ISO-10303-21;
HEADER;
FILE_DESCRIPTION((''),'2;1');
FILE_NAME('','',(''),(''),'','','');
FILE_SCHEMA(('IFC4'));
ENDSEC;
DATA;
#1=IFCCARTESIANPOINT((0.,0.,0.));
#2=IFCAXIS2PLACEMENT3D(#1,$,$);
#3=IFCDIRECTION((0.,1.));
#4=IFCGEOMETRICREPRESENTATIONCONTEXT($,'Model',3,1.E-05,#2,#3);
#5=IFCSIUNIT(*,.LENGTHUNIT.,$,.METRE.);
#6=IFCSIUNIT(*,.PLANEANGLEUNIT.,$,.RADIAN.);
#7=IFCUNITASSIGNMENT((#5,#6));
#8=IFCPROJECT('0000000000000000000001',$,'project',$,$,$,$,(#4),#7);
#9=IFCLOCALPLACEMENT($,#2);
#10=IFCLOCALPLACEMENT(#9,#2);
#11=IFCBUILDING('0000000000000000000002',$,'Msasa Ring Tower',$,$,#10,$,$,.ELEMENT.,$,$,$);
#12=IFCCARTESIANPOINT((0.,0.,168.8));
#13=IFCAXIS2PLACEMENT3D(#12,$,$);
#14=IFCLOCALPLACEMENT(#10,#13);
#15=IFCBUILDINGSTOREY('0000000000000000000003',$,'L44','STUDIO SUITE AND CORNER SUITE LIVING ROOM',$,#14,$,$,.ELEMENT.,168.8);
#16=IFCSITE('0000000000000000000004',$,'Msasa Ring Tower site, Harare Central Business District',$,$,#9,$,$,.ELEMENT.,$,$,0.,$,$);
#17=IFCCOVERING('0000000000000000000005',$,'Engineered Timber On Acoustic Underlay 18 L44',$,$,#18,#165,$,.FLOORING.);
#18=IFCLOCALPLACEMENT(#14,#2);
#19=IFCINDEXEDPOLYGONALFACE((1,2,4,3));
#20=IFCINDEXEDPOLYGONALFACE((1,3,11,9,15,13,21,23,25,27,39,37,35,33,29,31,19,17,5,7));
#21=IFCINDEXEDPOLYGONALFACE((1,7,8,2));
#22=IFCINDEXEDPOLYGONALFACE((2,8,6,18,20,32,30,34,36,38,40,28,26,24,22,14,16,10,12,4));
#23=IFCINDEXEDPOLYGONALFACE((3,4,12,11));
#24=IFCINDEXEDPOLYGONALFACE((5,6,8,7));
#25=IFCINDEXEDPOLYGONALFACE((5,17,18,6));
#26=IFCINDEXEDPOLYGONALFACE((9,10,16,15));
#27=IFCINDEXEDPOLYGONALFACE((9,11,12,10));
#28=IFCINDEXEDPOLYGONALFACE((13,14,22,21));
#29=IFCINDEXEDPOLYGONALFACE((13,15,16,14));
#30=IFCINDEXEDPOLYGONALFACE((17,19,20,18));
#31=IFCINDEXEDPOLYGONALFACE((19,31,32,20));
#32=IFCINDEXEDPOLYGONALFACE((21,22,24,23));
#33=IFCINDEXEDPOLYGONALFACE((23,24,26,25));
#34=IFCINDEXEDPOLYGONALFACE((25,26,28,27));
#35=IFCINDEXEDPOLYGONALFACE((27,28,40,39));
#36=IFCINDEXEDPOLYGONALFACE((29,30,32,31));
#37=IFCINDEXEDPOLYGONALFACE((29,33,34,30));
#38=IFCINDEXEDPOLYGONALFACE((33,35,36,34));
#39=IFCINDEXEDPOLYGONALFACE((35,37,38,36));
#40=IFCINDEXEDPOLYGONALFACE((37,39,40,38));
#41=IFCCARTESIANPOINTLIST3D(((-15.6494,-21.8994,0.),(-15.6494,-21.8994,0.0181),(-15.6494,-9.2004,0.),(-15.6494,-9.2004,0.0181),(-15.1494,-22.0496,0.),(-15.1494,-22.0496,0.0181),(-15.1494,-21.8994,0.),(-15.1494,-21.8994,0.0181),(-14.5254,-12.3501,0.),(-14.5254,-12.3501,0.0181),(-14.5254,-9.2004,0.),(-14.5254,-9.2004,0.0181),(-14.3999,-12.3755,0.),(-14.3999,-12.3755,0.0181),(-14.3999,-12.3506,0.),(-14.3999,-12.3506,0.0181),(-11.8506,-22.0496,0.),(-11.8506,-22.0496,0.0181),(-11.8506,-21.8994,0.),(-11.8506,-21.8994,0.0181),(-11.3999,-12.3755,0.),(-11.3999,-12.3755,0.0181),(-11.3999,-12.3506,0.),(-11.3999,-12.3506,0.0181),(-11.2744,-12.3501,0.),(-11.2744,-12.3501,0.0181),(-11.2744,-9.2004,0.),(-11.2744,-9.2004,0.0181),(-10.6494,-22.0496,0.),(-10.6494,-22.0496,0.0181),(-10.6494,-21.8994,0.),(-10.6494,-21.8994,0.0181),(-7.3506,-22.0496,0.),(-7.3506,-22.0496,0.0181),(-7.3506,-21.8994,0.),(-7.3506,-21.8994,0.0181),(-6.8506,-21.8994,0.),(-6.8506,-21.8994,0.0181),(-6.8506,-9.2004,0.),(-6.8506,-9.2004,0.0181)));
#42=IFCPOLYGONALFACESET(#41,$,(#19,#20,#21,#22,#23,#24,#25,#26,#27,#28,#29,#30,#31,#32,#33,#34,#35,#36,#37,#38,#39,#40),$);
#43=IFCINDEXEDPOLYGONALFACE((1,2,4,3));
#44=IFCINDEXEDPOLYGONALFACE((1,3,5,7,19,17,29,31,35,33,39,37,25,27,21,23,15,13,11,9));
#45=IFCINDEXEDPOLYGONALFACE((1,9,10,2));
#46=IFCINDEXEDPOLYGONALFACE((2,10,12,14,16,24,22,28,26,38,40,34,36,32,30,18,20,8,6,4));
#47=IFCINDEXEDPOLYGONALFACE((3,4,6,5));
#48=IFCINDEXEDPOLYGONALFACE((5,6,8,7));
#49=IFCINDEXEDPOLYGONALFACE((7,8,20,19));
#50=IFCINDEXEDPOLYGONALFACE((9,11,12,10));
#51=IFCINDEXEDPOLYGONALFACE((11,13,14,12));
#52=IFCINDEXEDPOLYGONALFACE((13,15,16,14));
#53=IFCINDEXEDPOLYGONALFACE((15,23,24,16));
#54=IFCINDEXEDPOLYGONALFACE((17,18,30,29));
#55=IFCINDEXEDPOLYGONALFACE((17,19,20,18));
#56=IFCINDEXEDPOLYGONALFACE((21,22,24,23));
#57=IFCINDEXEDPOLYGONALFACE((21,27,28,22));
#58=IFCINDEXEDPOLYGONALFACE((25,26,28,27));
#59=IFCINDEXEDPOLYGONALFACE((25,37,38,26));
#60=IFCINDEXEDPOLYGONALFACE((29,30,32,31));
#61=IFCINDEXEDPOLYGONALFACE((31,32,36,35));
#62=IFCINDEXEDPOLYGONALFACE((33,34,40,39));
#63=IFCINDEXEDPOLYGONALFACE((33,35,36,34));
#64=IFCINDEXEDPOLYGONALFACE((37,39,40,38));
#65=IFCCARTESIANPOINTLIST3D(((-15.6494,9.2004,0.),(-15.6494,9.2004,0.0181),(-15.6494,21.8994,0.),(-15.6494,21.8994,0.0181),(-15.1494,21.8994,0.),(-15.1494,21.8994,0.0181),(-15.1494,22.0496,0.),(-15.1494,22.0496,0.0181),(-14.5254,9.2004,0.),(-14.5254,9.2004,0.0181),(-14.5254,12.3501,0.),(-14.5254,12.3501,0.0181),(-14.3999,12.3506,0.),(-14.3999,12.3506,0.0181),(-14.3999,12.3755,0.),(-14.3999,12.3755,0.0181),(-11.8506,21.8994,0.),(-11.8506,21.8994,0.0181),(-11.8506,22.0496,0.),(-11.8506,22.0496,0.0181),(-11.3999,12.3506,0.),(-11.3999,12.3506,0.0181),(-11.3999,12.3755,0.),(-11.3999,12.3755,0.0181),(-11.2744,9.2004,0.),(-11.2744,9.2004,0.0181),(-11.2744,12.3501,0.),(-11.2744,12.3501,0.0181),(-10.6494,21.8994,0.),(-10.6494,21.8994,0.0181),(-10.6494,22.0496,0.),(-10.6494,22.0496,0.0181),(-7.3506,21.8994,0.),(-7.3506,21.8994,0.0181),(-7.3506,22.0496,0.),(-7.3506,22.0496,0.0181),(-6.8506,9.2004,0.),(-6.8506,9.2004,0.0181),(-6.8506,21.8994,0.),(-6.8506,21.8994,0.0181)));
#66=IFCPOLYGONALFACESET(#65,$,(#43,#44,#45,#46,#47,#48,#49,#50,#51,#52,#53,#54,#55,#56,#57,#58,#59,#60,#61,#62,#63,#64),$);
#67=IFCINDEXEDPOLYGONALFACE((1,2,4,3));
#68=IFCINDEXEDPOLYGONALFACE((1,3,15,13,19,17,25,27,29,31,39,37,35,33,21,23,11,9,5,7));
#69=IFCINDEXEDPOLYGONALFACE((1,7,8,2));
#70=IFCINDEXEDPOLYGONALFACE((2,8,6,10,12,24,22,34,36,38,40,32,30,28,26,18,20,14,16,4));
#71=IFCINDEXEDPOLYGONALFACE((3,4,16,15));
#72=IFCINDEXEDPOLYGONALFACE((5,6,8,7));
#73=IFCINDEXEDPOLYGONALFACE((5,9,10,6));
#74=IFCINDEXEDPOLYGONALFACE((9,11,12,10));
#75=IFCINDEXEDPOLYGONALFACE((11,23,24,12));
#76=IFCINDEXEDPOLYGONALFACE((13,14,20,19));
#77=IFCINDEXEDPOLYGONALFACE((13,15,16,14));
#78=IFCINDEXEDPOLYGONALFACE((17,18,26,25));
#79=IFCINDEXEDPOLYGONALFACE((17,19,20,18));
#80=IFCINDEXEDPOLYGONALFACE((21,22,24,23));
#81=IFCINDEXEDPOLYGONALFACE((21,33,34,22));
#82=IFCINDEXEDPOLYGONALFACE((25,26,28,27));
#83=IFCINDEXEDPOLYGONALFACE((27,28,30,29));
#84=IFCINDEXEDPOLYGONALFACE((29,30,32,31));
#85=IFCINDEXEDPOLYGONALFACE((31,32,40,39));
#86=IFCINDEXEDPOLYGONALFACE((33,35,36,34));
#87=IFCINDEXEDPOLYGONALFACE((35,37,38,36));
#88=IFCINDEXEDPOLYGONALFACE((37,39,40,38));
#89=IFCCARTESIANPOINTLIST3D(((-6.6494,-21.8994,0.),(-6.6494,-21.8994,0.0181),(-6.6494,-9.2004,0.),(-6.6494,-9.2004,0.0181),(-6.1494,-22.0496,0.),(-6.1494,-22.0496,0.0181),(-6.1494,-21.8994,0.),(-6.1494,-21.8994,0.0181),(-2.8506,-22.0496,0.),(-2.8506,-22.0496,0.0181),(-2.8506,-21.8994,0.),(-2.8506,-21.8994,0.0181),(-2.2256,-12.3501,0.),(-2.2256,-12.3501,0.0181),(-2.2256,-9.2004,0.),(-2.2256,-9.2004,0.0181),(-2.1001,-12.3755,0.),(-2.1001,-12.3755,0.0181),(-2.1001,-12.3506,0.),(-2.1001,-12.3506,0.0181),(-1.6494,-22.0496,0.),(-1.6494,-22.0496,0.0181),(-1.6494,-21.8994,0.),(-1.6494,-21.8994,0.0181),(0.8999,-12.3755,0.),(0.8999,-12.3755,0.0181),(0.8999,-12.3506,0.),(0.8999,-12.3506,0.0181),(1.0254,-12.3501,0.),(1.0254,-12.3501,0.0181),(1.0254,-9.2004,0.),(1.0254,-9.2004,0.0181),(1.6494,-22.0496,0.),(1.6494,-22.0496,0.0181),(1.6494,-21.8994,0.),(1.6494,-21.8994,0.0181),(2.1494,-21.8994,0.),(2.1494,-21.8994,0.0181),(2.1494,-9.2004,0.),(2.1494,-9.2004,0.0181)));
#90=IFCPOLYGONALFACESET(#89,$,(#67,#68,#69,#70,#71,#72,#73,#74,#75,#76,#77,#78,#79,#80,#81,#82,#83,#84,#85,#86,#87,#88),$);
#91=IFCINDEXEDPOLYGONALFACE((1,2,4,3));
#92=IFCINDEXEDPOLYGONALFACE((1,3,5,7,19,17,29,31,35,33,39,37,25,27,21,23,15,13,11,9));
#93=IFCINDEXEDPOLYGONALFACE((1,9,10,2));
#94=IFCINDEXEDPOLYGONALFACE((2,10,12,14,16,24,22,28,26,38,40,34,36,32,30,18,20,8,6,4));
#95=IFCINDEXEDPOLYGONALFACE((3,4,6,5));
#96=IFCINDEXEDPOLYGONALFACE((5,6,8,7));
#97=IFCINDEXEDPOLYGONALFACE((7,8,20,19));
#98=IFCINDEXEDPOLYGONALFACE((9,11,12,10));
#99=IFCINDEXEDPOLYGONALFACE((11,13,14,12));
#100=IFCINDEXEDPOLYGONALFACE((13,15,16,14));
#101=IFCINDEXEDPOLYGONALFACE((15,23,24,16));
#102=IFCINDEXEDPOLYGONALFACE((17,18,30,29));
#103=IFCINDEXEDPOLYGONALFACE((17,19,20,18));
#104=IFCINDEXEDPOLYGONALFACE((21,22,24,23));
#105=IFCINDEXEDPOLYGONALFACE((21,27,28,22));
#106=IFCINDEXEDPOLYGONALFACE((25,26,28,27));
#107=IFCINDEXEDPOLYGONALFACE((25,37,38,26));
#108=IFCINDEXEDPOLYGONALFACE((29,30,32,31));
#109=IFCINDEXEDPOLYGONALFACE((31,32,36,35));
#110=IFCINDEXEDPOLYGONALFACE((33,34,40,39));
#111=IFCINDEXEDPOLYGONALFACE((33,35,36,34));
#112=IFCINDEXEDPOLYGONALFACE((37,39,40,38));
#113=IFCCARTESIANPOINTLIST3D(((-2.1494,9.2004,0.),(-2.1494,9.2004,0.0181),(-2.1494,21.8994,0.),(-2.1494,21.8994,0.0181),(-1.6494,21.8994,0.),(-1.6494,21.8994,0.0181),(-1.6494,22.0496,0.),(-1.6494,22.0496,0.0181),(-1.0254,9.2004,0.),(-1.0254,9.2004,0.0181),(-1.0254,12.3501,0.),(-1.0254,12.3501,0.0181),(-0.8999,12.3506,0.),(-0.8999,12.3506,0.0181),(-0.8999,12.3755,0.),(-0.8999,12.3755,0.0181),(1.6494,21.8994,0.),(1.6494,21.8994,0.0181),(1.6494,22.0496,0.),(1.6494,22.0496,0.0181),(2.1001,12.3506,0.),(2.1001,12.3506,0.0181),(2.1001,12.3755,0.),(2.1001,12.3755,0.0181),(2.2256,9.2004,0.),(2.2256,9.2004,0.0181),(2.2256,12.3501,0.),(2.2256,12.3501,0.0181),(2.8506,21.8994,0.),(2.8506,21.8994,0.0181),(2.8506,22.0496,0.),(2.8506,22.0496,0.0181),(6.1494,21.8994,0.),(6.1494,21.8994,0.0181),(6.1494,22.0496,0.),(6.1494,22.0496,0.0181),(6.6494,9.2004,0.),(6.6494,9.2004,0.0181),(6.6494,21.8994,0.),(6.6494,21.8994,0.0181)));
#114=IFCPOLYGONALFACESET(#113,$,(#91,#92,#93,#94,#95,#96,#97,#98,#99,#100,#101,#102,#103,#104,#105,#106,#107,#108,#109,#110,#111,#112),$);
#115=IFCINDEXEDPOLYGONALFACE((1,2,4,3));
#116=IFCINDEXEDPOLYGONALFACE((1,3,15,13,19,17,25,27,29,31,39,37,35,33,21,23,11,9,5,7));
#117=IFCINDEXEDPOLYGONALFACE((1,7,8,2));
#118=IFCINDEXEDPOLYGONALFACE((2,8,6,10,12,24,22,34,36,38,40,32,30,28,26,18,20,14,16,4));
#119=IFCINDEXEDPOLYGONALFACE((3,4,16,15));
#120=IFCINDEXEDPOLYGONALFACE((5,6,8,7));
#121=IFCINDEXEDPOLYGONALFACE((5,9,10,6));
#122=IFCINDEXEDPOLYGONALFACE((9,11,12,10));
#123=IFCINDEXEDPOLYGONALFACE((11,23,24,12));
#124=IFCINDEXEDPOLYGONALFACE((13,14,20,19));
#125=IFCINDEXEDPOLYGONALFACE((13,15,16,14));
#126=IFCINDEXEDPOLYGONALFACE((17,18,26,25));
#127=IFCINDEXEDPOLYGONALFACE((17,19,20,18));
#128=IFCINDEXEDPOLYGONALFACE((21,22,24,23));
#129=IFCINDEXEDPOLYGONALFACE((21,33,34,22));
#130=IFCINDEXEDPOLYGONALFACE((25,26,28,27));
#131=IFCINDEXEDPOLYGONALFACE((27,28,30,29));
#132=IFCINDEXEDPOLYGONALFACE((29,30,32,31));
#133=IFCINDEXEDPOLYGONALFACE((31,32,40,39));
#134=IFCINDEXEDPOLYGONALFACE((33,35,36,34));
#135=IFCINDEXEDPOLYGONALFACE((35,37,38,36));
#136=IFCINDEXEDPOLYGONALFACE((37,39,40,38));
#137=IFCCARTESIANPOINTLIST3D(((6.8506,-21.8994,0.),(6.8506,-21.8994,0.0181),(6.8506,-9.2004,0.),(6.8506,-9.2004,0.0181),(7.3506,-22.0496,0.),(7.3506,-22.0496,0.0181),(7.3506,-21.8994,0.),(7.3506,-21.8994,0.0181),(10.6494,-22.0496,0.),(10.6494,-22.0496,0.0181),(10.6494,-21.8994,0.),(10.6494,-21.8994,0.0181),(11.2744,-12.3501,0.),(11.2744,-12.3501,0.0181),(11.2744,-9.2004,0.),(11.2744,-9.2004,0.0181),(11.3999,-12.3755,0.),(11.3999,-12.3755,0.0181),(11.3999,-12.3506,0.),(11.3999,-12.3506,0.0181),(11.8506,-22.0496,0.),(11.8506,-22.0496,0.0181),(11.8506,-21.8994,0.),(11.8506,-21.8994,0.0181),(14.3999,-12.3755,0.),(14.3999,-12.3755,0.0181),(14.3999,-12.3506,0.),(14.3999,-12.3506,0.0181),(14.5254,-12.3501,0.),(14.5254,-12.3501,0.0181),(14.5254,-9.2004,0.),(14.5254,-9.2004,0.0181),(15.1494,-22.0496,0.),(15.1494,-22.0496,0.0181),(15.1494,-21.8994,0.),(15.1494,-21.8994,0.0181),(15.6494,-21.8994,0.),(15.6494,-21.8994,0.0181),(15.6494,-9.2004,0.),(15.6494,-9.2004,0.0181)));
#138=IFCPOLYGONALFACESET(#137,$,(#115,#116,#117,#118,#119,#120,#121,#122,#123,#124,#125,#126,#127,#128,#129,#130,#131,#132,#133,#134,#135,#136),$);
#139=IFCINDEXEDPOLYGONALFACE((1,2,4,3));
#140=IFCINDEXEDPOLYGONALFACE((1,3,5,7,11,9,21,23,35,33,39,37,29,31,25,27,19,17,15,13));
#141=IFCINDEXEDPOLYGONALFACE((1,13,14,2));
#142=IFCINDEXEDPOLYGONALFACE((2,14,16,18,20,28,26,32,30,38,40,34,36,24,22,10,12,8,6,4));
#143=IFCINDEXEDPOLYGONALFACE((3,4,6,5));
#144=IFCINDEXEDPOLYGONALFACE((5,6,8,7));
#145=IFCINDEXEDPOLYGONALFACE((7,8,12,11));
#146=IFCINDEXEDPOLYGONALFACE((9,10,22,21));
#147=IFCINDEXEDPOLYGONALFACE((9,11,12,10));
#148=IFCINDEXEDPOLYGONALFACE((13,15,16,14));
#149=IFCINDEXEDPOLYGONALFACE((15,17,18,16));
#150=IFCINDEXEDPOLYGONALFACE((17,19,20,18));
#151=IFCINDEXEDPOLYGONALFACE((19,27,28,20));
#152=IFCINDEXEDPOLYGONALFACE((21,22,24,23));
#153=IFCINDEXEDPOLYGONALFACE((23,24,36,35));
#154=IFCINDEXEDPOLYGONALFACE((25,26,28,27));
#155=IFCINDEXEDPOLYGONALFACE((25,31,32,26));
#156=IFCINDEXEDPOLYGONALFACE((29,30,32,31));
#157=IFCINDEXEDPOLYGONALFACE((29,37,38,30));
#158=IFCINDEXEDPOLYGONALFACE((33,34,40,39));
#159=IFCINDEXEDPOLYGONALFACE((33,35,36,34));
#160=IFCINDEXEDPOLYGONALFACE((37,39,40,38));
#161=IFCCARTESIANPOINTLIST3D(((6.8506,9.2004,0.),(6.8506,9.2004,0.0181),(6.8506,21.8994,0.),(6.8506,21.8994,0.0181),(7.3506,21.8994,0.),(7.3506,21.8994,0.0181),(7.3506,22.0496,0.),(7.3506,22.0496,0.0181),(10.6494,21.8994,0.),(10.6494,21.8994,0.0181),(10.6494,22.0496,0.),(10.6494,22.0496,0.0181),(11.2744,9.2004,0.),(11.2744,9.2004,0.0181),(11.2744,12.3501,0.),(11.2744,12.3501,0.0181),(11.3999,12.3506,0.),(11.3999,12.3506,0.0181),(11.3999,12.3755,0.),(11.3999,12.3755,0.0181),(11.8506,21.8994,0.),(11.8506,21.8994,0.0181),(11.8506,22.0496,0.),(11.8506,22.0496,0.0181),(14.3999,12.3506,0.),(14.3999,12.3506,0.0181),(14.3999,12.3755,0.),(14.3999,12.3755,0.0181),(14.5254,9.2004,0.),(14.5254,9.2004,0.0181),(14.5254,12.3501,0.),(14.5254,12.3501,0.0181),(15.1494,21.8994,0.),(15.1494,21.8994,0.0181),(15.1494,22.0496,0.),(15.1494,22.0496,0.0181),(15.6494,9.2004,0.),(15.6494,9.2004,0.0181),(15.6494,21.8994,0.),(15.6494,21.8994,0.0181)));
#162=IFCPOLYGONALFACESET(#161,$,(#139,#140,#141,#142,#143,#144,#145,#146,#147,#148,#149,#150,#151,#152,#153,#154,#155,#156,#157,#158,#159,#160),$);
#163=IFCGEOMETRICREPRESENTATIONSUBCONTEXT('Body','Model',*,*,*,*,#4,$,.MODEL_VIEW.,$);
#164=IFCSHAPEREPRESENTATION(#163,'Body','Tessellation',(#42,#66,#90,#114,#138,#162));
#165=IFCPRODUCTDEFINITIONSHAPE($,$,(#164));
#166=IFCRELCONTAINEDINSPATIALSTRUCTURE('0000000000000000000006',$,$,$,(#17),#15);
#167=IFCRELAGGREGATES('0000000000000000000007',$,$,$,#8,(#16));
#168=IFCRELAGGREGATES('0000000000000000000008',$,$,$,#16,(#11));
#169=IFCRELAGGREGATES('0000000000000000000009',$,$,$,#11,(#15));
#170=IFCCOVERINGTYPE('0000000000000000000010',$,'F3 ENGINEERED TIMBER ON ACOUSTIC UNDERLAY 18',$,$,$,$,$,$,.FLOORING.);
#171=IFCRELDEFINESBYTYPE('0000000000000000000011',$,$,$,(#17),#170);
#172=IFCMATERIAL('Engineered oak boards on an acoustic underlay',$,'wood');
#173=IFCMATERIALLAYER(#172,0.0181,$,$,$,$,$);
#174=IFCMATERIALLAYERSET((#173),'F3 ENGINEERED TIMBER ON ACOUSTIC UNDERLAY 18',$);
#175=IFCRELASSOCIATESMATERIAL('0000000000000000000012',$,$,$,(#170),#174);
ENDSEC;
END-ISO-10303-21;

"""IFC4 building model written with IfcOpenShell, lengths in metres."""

from ifc_helpers import new_model, si_unit, direction, frame, origin, place, context, subcontext, project, spatial, line, indexed_curve, outline, extrude, material, layer, layer_set, type_object, element, save


model = new_model("IFC4")

# Units and contexts
model_context = context("Model", 3, precision=1e-05, world=origin(), true_north=direction((0.0, 1.0)))
body_context = subcontext(model_context, "Body", "Model", "MODEL_VIEW")
ifc_project = project(units=[si_unit("LENGTHUNIT", "METRE"), si_unit("PLANEANGLEUNIT", "RADIAN")], contexts=[model_context])

# Site, building, storey
site_placement = place(None, origin())
site = spatial("IfcSite", under=ifc_project, at=site_placement, Name="Msasa Ring Tower site, Harare Central Business District", CompositionType="ELEMENT", RefElevation=0.0)
building_placement = place(site_placement, origin())
building = spatial("IfcBuilding", under=site, at=building_placement, Name="Msasa Ring Tower", CompositionType="ELEMENT")
storey_placement = place(building_placement, frame((0.0, 0.0, 168.8)))
storey = spatial("IfcBuildingStorey", under=building, at=storey_placement, Name="L44", Description="STUDIO SUITE AND CORNER SUITE LIVING ROOM", CompositionType="ELEMENT", Elevation=168.8)

# Covering
ifc_material_1 = material(Name="Engineered oak boards on an acoustic underlay", Category="wood")
ifc_layer_1 = layer(ifc_material_1, 0.0181)
ifc_layer_set_1 = layer_set([ifc_layer_1], Name="F3 ENGINEERED TIMBER ON ACOUSTIC UNDERLAY 18")
covering_type_1 = type_object("IfcCoveringType", Name="F3 ENGINEERED TIMBER ON ACOUSTIC UNDERLAY 18", PredefinedType="FLOORING", material=ifc_layer_set_1)
covering_1_placement = place(storey_placement, origin())
element("IfcCovering", 1, at=covering_1_placement, inside=storey, type_object=covering_type_1, Name="Engineered Timber On Acoustic Underlay 18 L44", PredefinedType="FLOORING", context=body_context, shape_type="SweptSolid", body=[
    extrude(outline(indexed_curve([(-14.5254, -9.2004), (-14.5254, -12.3501), (-14.3999, -12.3506), (-14.3999, -12.3755), (-11.3999, -12.3755), (-11.3999, -12.3506), (-11.2744, -12.3501), (-11.2744, -9.2004), (-6.8506, -9.2004), (-6.8506, -21.8994), (-7.3506, -21.8994), (-7.3506, -22.0496), (-10.6494, -22.0496), (-10.6494, -21.8994), (-11.8506, -21.8994), (-11.8506, -22.0496), (-15.1494, -22.0496), (-15.1494, -21.8994), (-15.6494, -21.8994), (-15.6494, -9.2004)], segments=[line(1, 2, 3, 4, 5, 6, 7, 8, 9, 10, 11, 12, 13, 14, 15, 16, 17, 18, 19, 20, 1)], self_intersect=False)), origin(), (0.0, 0.0, 1.0), 0.0181),
    extrude(outline(indexed_curve([(-11.2744, 9.2004), (-11.2744, 12.3501), (-11.3999, 12.3506), (-11.3999, 12.3755), (-14.3999, 12.3755), (-14.3999, 12.3506), (-14.5254, 12.3501), (-14.5254, 9.2004), (-15.6494, 9.2004), (-15.6494, 21.8994), (-15.1494, 21.8994), (-15.1494, 22.0496), (-11.8506, 22.0496), (-11.8506, 21.8994), (-10.6494, 21.8994), (-10.6494, 22.0496), (-7.3506, 22.0496), (-7.3506, 21.8994), (-6.8506, 21.8994), (-6.8506, 9.2004)], segments=[line(1, 2, 3, 4, 5, 6, 7, 8, 9, 10, 11, 12, 13, 14, 15, 16, 17, 18, 19, 20, 1)], self_intersect=False)), origin(), (0.0, 0.0, 1.0), 0.0181),
    extrude(outline(indexed_curve([(-2.1001, -12.3506), (-2.1001, -12.3755), (0.8999, -12.3755), (0.8999, -12.3506), (1.0254, -12.3501), (1.0254, -9.2004), (2.1494, -9.2004), (2.1494, -21.8994), (1.6494, -21.8994), (1.6494, -22.0496), (-1.6494, -22.0496), (-1.6494, -21.8994), (-2.8506, -21.8994), (-2.8506, -22.0496), (-6.1494, -22.0496), (-6.1494, -21.8994), (-6.6494, -21.8994), (-6.6494, -9.2004), (-2.2256, -9.2004), (-2.2256, -12.3501)], segments=[line(1, 2, 3, 4, 5, 6, 7, 8, 9, 10, 11, 12, 13, 14, 15, 16, 17, 18, 19, 20, 1)], self_intersect=False)), origin(), (0.0, 0.0, 1.0), 0.0181),
    extrude(outline(indexed_curve([(2.1001, 12.3506), (2.1001, 12.3755), (-0.8999, 12.3755), (-0.8999, 12.3506), (-1.0254, 12.3501), (-1.0254, 9.2004), (-2.1494, 9.2004), (-2.1494, 21.8994), (-1.6494, 21.8994), (-1.6494, 22.0496), (1.6494, 22.0496), (1.6494, 21.8994), (2.8506, 21.8994), (2.8506, 22.0496), (6.1494, 22.0496), (6.1494, 21.8994), (6.6494, 21.8994), (6.6494, 9.2004), (2.2256, 9.2004), (2.2256, 12.3501)], segments=[line(1, 2, 3, 4, 5, 6, 7, 8, 9, 10, 11, 12, 13, 14, 15, 16, 17, 18, 19, 20, 1)], self_intersect=False)), origin(), (0.0, 0.0, 1.0), 0.0181),
    extrude(outline(indexed_curve([(11.2744, -12.3501), (11.3999, -12.3506), (11.3999, -12.3755), (14.3999, -12.3755), (14.3999, -12.3506), (14.5254, -12.3501), (14.5254, -9.2004), (15.6494, -9.2004), (15.6494, -21.8994), (15.1494, -21.8994), (15.1494, -22.0496), (11.8506, -22.0496), (11.8506, -21.8994), (10.6494, -21.8994), (10.6494, -22.0496), (7.3506, -22.0496), (7.3506, -21.8994), (6.8506, -21.8994), (6.8506, -9.2004), (11.2744, -9.2004)], segments=[line(1, 2, 3, 4, 5, 6, 7, 8, 9, 10, 11, 12, 13, 14, 15, 16, 17, 18, 19, 20, 1)], self_intersect=False)), origin(), (0.0, 0.0, 1.0), 0.0181),
    extrude(outline(indexed_curve([(14.5254, 12.3501), (14.3999, 12.3506), (14.3999, 12.3755), (11.3999, 12.3755), (11.3999, 12.3506), (11.2744, 12.3501), (11.2744, 9.2004), (6.8506, 9.2004), (6.8506, 21.8994), (7.3506, 21.8994), (7.3506, 22.0496), (10.6494, 22.0496), (10.6494, 21.8994), (11.8506, 21.8994), (11.8506, 22.0496), (15.1494, 22.0496), (15.1494, 21.8994), (15.6494, 21.8994), (15.6494, 9.2004), (14.5254, 9.2004)], segments=[line(1, 2, 3, 4, 5, 6, 7, 8, 9, 10, 11, 12, 13, 14, 15, 16, 17, 18, 19, 20, 1)], self_intersect=False)), origin(), (0.0, 0.0, 1.0), 0.0181),
])

save(model, "model.ifc")
